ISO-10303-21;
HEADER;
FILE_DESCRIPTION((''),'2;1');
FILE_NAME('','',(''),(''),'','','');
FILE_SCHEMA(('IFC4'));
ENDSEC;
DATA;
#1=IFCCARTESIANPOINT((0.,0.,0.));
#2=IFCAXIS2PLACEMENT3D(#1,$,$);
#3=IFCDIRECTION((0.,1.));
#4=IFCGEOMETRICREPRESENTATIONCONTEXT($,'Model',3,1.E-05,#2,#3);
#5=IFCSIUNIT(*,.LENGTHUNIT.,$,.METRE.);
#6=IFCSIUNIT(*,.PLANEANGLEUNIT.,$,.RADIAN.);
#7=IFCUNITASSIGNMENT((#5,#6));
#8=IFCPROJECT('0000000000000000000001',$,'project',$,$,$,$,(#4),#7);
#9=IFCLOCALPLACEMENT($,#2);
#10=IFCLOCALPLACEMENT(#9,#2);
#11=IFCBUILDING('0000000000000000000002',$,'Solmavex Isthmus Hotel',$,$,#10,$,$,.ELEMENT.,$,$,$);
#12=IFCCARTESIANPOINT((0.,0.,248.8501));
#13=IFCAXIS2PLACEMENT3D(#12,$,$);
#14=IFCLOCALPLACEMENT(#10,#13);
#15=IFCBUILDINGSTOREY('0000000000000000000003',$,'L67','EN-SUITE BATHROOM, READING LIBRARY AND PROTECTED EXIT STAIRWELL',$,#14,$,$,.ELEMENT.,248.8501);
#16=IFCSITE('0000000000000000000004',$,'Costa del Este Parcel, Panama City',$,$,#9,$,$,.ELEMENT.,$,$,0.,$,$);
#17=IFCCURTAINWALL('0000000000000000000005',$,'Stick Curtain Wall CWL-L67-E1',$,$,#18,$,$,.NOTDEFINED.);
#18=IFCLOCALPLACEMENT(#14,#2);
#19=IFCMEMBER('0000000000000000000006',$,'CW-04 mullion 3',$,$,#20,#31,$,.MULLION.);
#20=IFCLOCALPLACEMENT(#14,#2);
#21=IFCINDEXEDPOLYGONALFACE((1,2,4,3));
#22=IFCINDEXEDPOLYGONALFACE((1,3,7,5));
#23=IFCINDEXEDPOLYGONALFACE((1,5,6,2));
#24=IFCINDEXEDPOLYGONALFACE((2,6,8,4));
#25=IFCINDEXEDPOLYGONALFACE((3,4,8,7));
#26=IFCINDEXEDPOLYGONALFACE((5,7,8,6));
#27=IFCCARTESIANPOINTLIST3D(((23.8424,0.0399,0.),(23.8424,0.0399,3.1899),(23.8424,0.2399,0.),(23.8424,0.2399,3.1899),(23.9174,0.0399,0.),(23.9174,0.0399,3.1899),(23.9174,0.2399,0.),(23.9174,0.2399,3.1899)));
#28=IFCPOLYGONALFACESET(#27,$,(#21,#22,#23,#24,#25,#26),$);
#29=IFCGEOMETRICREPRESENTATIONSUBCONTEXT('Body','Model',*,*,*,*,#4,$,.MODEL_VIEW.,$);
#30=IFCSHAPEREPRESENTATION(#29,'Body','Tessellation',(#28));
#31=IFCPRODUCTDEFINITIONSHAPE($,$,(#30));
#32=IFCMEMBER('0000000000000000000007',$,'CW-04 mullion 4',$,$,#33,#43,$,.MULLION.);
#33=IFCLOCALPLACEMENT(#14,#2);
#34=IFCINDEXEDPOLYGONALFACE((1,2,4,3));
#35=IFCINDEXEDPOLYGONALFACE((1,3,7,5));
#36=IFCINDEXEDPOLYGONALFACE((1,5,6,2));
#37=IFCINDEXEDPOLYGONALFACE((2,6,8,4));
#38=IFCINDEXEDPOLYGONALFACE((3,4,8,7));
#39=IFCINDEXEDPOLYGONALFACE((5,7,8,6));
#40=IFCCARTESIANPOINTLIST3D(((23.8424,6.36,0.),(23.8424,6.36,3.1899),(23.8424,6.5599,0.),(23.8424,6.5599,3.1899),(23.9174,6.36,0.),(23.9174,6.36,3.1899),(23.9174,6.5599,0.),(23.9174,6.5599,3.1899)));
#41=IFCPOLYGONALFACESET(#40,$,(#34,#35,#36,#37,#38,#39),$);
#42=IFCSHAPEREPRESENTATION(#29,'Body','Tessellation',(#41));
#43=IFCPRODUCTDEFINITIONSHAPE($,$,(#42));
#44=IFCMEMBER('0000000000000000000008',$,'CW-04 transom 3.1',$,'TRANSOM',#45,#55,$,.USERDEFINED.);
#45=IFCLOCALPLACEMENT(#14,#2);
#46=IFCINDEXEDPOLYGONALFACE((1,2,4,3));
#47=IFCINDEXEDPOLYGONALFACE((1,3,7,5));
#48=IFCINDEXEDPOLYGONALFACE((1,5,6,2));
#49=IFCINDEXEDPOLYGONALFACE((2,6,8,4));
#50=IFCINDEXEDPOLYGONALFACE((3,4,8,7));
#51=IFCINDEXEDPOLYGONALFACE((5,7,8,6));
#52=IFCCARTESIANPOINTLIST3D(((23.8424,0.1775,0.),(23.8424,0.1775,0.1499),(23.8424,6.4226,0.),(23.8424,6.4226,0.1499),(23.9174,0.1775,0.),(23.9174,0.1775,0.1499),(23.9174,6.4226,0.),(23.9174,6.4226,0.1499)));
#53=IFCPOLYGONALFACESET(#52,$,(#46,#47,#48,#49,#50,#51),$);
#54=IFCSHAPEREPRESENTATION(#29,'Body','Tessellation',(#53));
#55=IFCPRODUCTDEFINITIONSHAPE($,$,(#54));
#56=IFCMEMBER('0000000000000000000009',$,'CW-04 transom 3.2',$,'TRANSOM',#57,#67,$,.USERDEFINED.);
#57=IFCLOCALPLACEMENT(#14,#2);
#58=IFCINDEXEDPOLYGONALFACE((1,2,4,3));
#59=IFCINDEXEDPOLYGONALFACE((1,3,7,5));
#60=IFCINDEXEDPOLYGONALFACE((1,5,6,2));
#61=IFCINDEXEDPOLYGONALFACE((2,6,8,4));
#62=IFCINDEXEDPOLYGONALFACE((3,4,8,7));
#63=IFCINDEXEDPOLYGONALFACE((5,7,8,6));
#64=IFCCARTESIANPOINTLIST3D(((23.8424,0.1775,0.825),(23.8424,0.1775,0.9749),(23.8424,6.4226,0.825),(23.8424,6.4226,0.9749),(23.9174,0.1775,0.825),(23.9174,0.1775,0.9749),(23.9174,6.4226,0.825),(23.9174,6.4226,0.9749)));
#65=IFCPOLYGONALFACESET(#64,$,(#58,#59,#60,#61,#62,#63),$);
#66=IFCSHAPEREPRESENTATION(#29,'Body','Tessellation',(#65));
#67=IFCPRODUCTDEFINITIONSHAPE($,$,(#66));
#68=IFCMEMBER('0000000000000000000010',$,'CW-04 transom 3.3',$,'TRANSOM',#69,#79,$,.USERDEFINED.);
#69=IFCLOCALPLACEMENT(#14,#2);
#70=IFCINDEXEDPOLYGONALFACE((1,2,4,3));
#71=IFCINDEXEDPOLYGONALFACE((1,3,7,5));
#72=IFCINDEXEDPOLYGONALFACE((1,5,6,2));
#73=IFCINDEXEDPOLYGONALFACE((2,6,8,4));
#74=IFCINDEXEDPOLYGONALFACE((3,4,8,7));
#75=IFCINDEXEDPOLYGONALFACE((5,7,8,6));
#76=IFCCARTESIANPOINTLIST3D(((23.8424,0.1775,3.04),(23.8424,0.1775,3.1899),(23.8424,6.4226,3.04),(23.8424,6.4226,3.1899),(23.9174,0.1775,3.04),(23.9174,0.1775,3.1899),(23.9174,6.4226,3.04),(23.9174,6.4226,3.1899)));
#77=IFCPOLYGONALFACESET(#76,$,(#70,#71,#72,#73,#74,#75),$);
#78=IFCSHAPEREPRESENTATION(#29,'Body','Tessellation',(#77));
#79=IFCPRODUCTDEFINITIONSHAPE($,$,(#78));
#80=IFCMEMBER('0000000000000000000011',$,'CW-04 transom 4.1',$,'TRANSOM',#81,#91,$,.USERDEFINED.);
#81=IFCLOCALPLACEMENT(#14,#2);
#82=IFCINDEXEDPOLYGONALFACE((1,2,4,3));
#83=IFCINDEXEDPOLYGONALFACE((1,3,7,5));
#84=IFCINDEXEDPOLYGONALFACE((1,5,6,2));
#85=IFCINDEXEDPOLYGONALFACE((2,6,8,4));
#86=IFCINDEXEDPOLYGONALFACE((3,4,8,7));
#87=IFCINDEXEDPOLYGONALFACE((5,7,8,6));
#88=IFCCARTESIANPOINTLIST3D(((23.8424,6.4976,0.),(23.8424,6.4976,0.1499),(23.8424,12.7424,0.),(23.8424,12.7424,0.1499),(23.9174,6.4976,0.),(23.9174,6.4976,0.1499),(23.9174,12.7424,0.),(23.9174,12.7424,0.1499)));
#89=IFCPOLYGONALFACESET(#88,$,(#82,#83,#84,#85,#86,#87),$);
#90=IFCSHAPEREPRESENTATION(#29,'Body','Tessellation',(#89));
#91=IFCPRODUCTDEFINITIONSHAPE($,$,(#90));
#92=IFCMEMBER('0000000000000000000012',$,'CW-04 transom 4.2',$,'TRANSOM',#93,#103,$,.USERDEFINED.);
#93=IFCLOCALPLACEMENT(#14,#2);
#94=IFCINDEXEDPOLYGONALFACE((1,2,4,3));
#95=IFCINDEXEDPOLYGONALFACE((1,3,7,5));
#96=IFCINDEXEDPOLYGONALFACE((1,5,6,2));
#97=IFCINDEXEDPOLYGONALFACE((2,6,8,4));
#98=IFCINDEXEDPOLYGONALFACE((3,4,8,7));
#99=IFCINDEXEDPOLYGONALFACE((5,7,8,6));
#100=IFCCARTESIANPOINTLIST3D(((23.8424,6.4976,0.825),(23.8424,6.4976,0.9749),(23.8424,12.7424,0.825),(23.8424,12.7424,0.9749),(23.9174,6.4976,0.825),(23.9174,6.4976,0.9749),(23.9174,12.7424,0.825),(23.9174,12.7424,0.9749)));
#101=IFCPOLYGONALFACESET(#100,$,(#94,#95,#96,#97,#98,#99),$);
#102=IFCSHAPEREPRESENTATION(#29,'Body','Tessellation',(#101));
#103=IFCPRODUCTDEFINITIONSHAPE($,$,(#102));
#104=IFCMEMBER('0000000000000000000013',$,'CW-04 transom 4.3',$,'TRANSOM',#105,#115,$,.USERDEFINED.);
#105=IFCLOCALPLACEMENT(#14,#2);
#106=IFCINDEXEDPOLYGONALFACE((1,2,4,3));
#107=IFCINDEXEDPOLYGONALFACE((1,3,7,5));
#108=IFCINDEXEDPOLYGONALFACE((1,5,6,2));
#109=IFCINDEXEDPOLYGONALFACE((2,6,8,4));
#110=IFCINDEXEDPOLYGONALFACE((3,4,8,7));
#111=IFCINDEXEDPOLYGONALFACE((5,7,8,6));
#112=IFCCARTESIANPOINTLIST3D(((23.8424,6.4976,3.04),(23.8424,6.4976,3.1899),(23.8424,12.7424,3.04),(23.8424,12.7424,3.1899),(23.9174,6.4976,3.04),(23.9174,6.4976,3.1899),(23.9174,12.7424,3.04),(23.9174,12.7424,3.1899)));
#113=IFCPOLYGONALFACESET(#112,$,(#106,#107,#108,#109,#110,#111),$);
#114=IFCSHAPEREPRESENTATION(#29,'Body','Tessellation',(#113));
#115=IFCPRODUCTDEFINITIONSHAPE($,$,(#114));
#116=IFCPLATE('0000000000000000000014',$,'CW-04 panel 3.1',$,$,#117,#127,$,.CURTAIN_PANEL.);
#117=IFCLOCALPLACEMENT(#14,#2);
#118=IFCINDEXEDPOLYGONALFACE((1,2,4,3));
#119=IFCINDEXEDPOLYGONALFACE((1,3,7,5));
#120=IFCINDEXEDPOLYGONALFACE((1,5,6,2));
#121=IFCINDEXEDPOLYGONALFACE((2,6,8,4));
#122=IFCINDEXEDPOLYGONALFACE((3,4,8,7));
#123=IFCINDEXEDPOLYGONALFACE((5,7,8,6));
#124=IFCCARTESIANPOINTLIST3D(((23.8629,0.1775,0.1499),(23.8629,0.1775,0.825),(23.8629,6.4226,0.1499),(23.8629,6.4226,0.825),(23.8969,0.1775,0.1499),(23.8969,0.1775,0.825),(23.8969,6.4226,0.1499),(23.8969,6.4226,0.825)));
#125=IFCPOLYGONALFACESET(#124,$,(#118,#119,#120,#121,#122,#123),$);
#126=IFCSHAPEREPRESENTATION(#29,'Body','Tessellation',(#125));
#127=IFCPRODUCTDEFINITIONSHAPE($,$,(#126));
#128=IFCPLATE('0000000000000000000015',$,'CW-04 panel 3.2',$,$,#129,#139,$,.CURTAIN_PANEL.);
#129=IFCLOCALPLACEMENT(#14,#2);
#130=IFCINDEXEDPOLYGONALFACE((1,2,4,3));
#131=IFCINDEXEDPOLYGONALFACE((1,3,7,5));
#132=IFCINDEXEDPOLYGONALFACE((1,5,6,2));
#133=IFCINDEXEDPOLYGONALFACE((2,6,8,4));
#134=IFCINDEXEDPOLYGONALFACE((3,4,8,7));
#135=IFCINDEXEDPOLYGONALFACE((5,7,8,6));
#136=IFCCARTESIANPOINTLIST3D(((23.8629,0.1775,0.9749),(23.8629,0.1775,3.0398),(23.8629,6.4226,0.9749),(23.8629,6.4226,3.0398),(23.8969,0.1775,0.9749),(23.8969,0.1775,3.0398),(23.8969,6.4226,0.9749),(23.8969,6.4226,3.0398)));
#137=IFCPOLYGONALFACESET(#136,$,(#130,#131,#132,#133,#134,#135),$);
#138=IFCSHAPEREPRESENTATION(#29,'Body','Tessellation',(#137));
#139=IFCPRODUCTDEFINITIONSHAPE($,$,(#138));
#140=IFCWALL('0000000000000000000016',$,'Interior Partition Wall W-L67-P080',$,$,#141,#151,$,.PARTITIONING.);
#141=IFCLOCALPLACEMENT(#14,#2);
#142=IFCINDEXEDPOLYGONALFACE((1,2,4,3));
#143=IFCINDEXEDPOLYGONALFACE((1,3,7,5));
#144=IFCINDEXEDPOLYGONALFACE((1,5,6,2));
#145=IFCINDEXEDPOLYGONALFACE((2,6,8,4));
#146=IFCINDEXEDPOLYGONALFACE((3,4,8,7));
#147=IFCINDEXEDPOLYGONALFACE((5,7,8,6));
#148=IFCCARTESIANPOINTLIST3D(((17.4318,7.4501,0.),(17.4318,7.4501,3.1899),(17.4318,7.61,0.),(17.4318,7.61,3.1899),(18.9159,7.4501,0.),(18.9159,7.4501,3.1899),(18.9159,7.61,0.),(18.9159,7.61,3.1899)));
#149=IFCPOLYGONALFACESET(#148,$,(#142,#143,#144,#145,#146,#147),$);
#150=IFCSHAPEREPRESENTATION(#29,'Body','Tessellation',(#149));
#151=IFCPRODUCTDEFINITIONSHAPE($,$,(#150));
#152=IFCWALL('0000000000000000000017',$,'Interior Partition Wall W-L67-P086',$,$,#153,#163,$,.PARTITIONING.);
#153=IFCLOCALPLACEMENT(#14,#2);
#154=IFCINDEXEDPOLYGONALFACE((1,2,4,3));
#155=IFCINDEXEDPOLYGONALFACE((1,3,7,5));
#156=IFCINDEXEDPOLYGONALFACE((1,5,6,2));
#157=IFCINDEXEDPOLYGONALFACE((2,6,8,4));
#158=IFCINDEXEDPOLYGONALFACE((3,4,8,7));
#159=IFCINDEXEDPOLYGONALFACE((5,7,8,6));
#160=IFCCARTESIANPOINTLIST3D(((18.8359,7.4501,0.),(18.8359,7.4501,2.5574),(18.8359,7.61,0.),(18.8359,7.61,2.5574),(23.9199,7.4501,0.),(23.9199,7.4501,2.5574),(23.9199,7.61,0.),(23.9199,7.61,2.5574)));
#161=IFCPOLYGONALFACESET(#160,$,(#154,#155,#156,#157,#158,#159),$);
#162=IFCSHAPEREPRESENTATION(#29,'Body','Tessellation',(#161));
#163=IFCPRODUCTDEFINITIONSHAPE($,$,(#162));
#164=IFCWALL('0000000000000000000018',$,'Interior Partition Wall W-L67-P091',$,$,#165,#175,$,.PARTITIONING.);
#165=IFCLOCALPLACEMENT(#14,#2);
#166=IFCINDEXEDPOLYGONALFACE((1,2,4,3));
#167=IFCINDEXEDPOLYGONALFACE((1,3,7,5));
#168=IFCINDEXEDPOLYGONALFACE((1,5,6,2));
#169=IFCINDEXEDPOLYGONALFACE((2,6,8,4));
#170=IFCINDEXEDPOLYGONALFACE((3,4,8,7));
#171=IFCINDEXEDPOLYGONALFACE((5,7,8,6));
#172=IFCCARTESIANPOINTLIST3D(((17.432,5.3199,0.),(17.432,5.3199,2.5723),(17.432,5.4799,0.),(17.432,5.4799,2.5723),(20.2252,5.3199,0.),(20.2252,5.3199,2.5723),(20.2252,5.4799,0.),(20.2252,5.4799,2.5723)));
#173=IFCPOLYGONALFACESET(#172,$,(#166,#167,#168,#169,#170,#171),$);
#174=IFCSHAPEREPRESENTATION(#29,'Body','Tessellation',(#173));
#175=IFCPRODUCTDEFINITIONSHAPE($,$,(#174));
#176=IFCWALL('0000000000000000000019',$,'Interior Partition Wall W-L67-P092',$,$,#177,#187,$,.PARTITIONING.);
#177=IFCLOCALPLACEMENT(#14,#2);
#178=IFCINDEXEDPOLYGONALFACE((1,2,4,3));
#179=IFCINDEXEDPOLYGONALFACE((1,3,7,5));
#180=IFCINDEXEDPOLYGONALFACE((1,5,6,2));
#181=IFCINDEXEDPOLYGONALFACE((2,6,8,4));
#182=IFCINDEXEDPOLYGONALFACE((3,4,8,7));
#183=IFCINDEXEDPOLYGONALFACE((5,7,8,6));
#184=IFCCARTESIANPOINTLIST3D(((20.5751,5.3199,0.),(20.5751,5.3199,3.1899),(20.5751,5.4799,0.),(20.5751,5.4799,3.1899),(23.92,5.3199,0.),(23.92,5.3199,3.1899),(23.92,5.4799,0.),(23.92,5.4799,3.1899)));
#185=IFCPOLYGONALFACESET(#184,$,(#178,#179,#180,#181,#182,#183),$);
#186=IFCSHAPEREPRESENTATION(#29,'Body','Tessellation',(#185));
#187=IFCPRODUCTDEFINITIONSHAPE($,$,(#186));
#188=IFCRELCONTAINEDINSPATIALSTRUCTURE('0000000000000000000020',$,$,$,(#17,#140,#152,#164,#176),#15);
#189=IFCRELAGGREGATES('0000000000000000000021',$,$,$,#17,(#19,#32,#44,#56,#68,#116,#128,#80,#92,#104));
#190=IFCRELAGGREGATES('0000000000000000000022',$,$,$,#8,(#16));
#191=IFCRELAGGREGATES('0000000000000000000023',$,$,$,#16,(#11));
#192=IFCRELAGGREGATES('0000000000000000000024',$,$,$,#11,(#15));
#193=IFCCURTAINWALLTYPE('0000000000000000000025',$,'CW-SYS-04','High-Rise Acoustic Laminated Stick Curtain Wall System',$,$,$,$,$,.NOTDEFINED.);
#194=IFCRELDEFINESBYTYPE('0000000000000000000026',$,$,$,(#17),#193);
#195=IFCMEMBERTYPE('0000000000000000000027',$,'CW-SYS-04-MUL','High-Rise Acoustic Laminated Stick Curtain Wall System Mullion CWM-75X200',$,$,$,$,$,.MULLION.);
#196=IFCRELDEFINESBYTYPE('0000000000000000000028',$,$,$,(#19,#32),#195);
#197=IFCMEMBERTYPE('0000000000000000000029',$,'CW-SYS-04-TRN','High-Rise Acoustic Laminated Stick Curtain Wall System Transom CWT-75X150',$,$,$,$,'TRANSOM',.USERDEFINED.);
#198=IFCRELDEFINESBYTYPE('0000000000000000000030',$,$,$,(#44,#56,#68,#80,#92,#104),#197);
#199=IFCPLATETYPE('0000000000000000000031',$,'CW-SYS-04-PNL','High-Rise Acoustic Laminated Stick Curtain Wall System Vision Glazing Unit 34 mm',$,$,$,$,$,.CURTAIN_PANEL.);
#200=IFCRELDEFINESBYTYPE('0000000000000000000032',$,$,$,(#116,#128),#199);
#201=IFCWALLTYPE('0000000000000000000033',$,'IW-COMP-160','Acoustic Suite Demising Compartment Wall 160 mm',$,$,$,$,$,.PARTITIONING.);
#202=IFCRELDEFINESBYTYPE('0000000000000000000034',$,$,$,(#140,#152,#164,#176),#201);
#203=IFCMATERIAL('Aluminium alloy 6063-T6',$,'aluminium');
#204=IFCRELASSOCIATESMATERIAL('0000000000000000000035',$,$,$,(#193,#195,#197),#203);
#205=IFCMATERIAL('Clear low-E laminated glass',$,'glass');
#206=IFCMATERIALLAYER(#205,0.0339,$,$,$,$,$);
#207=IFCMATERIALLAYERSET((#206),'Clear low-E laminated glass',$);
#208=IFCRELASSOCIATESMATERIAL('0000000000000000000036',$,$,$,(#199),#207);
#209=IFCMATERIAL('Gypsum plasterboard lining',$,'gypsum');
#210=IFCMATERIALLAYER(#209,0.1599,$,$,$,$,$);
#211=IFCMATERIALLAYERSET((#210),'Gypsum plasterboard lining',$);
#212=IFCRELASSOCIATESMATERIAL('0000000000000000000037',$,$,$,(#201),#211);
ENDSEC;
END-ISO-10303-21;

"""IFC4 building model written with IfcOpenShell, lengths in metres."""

from ifc_helpers import new_model, si_unit, direction, frame, frame_2d, origin, origin_2d, place, context, subcontext, project, spatial, rectangle, extrude, material, layer, layer_set, material_profile, profile_set, type_object, element, aggregate, save


model = new_model("IFC4")

# Units and contexts
model_context = context("Model", 3, precision=1e-05, world=origin(), true_north=direction((0.0, 1.0)))
body_context = subcontext(model_context, "Body", "Model", "MODEL_VIEW")
ifc_project = project(units=[si_unit("LENGTHUNIT", "METRE"), si_unit("PLANEANGLEUNIT", "RADIAN")], contexts=[model_context])

# Site, building, storey
site_placement = place(None, origin())
site = spatial("IfcSite", under=ifc_project, at=site_placement, Name="Costa del Este Parcel, Panama City", CompositionType="ELEMENT", RefElevation=0.0)
building_placement = place(site_placement, origin())
building = spatial("IfcBuilding", under=site, at=building_placement, Name="Solmavex Isthmus Hotel", CompositionType="ELEMENT")
storey_placement = place(building_placement, frame((0.0, 0.0, 248.8501)))
storey = spatial("IfcBuildingStorey", under=building, at=storey_placement, Name="L67", Description="EN-SUITE BATHROOM, READING LIBRARY AND PROTECTED EXIT STAIRWELL", CompositionType="ELEMENT", Elevation=248.8501)

# Curtain wall, members, plates
ifc_material_1 = material(Name="Aluminium alloy 6063-T6", Category="aluminium")
curtain_wall_type = type_object("IfcCurtainWallType", Name="CW-SYS-04", Description="High-Rise Acoustic Laminated Stick Curtain Wall System", PredefinedType="NOTDEFINED", material=ifc_material_1)
curtain_wall_placement = place(storey_placement, origin())
curtain_wall = element("IfcCurtainWall", 1, at=curtain_wall_placement, inside=storey, type_object=curtain_wall_type, Name="Stick Curtain Wall CWL-L67-E1", PredefinedType="NOTDEFINED")
ifc_material_profile_1 = material_profile(ifc_material_1, rectangle(XDim=0.075, YDim=0.2, at=origin_2d()), Name="CWM-75X200")
ifc_profile_set_1 = profile_set([ifc_material_profile_1], Name="Aluminium alloy 6063-T6")
member_type_1 = type_object("IfcMemberType", Name="CW-SYS-04-MUL", Description="High-Rise Acoustic Laminated Stick Curtain Wall System Mullion CWM-75X200", PredefinedType="MULLION", material=ifc_profile_set_1)
member_1_placement = place(storey_placement, frame((23.8799, 0.1399, 0.0), z_axis=(0.0, 0.0, 1.0), x_axis=(-1.0, 0.0, 0.0)))
member_1 = element("IfcMember", 2, at=member_1_placement, type_object=member_type_1, Name="CW-04 mullion 3", PredefinedType="MULLION", context=body_context, shape_type="SweptSolid", body=[
    extrude(rectangle(XDim=0.075, YDim=0.2, at=origin_2d()), origin(), (0.0, 0.0, 1.0), 3.1899),
])
member_2_placement = place(storey_placement, frame((23.8799, 6.46, 0.0), z_axis=(0.0, 0.0, 1.0), x_axis=(-1.0, 0.0, 0.0)))
member_2 = element("IfcMember", 3, at=member_2_placement, type_object=member_type_1, Name="CW-04 mullion 4", PredefinedType="MULLION", context=body_context, shape_type="SweptSolid", body=[
    extrude(rectangle(XDim=0.075, YDim=0.2, at=origin_2d()), origin(), (0.0, 0.0, 1.0), 3.1899),
])
ifc_material_profile_2 = material_profile(ifc_material_1, rectangle(XDim=0.075, YDim=0.1499, at=origin_2d()), Name="CWT-75X150")
ifc_profile_set_2 = profile_set([ifc_material_profile_2], Name="Aluminium alloy 6063-T6")
member_type_2 = type_object("IfcMemberType", Name="CW-SYS-04-TRN", Description="High-Rise Acoustic Laminated Stick Curtain Wall System Transom CWT-75X150", ElementType="TRANSOM", PredefinedType="USERDEFINED", material=ifc_profile_set_2)
member_3_placement = place(storey_placement, frame((23.8799, 0.1775, 0.075), z_axis=(0.0, 1.0, 0.0), x_axis=(-1.0, 0.0, 0.0)))
member_3 = element("IfcMember", 4, at=member_3_placement, type_object=member_type_2, Name="CW-04 transom 3.1", ObjectType="TRANSOM", PredefinedType="USERDEFINED", context=body_context, shape_type="SweptSolid", body=[
    extrude(rectangle(XDim=0.075, YDim=0.1499, at=origin_2d()), origin(), (0.0, 0.0, 1.0), 6.2451),
])
member_4_placement = place(storey_placement, frame((23.8799, 0.1775, 0.8999), z_axis=(0.0, 1.0, 0.0), x_axis=(-1.0, 0.0, 0.0)))
member_4 = element("IfcMember", 5, at=member_4_placement, type_object=member_type_2, Name="CW-04 transom 3.2", ObjectType="TRANSOM", PredefinedType="USERDEFINED", context=body_context, shape_type="SweptSolid", body=[
    extrude(rectangle(XDim=0.075, YDim=0.1499, at=origin_2d()), origin(), (0.0, 0.0, 1.0), 6.2451),
])
member_5_placement = place(storey_placement, frame((23.8799, 0.1775, 3.115), z_axis=(0.0, 1.0, 0.0), x_axis=(-1.0, 0.0, 0.0)))
member_5 = element("IfcMember", 6, at=member_5_placement, type_object=member_type_2, Name="CW-04 transom 3.3", ObjectType="TRANSOM", PredefinedType="USERDEFINED", context=body_context, shape_type="SweptSolid", body=[
    extrude(rectangle(XDim=0.075, YDim=0.1499, at=origin_2d()), origin(), (0.0, 0.0, 1.0), 6.2451),
])
member_6_placement = place(storey_placement, frame((23.8799, 6.4976, 0.075), z_axis=(0.0, 1.0, 0.0), x_axis=(-1.0, 0.0, 0.0)))
member_6 = element("IfcMember", 7, at=member_6_placement, type_object=member_type_2, Name="CW-04 transom 4.1", ObjectType="TRANSOM", PredefinedType="USERDEFINED", context=body_context, shape_type="SweptSolid", body=[
    extrude(rectangle(XDim=0.075, YDim=0.1499, at=origin_2d()), origin(), (0.0, 0.0, 1.0), 6.2449),
])
member_7_placement = place(storey_placement, frame((23.8799, 6.4976, 0.8999), z_axis=(0.0, 1.0, 0.0), x_axis=(-1.0, 0.0, 0.0)))
member_7 = element("IfcMember", 8, at=member_7_placement, type_object=member_type_2, Name="CW-04 transom 4.2", ObjectType="TRANSOM", PredefinedType="USERDEFINED", context=body_context, shape_type="SweptSolid", body=[
    extrude(rectangle(XDim=0.075, YDim=0.1499, at=origin_2d()), origin(), (0.0, 0.0, 1.0), 6.2449),
])
member_8_placement = place(storey_placement, frame((23.8799, 6.4976, 3.115), z_axis=(0.0, 1.0, 0.0), x_axis=(-1.0, 0.0, 0.0)))
member_8 = element("IfcMember", 9, at=member_8_placement, type_object=member_type_2, Name="CW-04 transom 4.3", ObjectType="TRANSOM", PredefinedType="USERDEFINED", context=body_context, shape_type="SweptSolid", body=[
    extrude(rectangle(XDim=0.075, YDim=0.1499, at=origin_2d()), origin(), (0.0, 0.0, 1.0), 6.2449),
])
ifc_material_2 = material(Name="Clear low-E laminated glass", Category="glass")
ifc_layer_1 = layer(ifc_material_2, 0.0339)
ifc_layer_set_1 = layer_set([ifc_layer_1], Name="Clear low-E laminated glass")
plate_type = type_object("IfcPlateType", Name="CW-SYS-04-PNL", Description="High-Rise Acoustic Laminated Stick Curtain Wall System Vision Glazing Unit 34 mm", PredefinedType="CURTAIN_PANEL", material=ifc_layer_set_1)
plate_1_placement = place(storey_placement, frame((23.8799, 3.3, 0.1499), z_axis=(0.0, 0.0, 1.0), x_axis=(0.0, 1.0, 0.0)))
plate_1 = element("IfcPlate", 10, at=plate_1_placement, type_object=plate_type, Name="CW-04 panel 3.1", PredefinedType="CURTAIN_PANEL", context=body_context, shape_type="SweptSolid", body=[
    extrude(rectangle(XDim=6.2451, YDim=0.0339, at=origin_2d()), origin(), (0.0, 0.0, 1.0), 0.675),
])
plate_2_placement = place(storey_placement, frame((23.8799, 3.3, 0.9749), z_axis=(0.0, 0.0, 1.0), x_axis=(0.0, 1.0, 0.0)))
plate_2 = element("IfcPlate", 11, at=plate_2_placement, type_object=plate_type, Name="CW-04 panel 3.2", PredefinedType="CURTAIN_PANEL", context=body_context, shape_type="SweptSolid", body=[
    extrude(rectangle(XDim=6.2451, YDim=0.0339, at=origin_2d()), origin(), (0.0, 0.0, 1.0), 2.0649),
])
aggregate(curtain_wall, [member_1, member_2, member_3, member_4, member_5, plate_1, plate_2, member_6, member_7, member_8])

# Walls
ifc_material_3 = material(Name="Gypsum plasterboard lining", Category="gypsum")
ifc_layer_2 = layer(ifc_material_3, 0.1599)
ifc_layer_set_2 = layer_set([ifc_layer_2], Name="Gypsum plasterboard lining")
wall_type_1 = type_object("IfcWallType", Name="IW-COMP-160", Description="Acoustic Suite Demising Compartment Wall 160 mm", PredefinedType="PARTITIONING", material=ifc_layer_set_2)
wall_1_placement = place(storey_placement, frame((18.916, 7.53, 0.0), z_axis=(0.0, 0.0, 1.0), x_axis=(-1.0, 0.0, 0.0)))
element("IfcWall", 12, at=wall_1_placement, inside=storey, type_object=wall_type_1, Name="Interior Partition Wall W-L67-P080", PredefinedType="PARTITIONING", context=body_context, shape_type="SweptSolid", body=[
    extrude(rectangle(XDim=1.4841, YDim=0.1599, at=frame_2d((0.7422, 0.0))), origin(), (0.0, 0.0, 1.0), 3.1899),
])
wall_2_placement = place(storey_placement, frame((23.9199, 7.53, 0.0), z_axis=(0.0, 0.0, 1.0), x_axis=(-1.0, 0.0, 0.0)))
element("IfcWall", 13, at=wall_2_placement, inside=storey, type_object=wall_type_1, Name="Interior Partition Wall W-L67-P086", PredefinedType="PARTITIONING", context=body_context, shape_type="SweptSolid", body=[
    extrude(rectangle(XDim=5.084, YDim=0.1599, at=frame_2d((2.542, 0.0))), origin(), (0.0, 0.0, 1.0), 2.5574),
])
wall_3_placement = place(storey_placement, frame((20.2251, 5.3999, 0.0), z_axis=(0.0, 0.0, 1.0), x_axis=(-1.0, 0.0, 0.0)))
element("IfcWall", 14, at=wall_3_placement, inside=storey, type_object=wall_type_1, Name="Interior Partition Wall W-L67-P091", PredefinedType="PARTITIONING", context=body_context, shape_type="SweptSolid", body=[
    extrude(rectangle(XDim=2.7932, YDim=0.1599, at=frame_2d((1.3965, 0.0))), origin(), (0.0, 0.0, 1.0), 2.5723),
])
wall_4_placement = place(storey_placement, frame((23.9199, 5.3999, 0.0), z_axis=(0.0, 0.0, 1.0), x_axis=(-1.0, 0.0, 0.0)))
element("IfcWall", 15, at=wall_4_placement, inside=storey, type_object=wall_type_1, Name="Interior Partition Wall W-L67-P092", PredefinedType="PARTITIONING", context=body_context, shape_type="SweptSolid", body=[
    extrude(rectangle(XDim=3.345, YDim=0.1599, at=frame_2d((1.6724, 0.0))), origin(), (0.0, 0.0, 1.0), 3.1899),
])

save(model, "model.ifc")
